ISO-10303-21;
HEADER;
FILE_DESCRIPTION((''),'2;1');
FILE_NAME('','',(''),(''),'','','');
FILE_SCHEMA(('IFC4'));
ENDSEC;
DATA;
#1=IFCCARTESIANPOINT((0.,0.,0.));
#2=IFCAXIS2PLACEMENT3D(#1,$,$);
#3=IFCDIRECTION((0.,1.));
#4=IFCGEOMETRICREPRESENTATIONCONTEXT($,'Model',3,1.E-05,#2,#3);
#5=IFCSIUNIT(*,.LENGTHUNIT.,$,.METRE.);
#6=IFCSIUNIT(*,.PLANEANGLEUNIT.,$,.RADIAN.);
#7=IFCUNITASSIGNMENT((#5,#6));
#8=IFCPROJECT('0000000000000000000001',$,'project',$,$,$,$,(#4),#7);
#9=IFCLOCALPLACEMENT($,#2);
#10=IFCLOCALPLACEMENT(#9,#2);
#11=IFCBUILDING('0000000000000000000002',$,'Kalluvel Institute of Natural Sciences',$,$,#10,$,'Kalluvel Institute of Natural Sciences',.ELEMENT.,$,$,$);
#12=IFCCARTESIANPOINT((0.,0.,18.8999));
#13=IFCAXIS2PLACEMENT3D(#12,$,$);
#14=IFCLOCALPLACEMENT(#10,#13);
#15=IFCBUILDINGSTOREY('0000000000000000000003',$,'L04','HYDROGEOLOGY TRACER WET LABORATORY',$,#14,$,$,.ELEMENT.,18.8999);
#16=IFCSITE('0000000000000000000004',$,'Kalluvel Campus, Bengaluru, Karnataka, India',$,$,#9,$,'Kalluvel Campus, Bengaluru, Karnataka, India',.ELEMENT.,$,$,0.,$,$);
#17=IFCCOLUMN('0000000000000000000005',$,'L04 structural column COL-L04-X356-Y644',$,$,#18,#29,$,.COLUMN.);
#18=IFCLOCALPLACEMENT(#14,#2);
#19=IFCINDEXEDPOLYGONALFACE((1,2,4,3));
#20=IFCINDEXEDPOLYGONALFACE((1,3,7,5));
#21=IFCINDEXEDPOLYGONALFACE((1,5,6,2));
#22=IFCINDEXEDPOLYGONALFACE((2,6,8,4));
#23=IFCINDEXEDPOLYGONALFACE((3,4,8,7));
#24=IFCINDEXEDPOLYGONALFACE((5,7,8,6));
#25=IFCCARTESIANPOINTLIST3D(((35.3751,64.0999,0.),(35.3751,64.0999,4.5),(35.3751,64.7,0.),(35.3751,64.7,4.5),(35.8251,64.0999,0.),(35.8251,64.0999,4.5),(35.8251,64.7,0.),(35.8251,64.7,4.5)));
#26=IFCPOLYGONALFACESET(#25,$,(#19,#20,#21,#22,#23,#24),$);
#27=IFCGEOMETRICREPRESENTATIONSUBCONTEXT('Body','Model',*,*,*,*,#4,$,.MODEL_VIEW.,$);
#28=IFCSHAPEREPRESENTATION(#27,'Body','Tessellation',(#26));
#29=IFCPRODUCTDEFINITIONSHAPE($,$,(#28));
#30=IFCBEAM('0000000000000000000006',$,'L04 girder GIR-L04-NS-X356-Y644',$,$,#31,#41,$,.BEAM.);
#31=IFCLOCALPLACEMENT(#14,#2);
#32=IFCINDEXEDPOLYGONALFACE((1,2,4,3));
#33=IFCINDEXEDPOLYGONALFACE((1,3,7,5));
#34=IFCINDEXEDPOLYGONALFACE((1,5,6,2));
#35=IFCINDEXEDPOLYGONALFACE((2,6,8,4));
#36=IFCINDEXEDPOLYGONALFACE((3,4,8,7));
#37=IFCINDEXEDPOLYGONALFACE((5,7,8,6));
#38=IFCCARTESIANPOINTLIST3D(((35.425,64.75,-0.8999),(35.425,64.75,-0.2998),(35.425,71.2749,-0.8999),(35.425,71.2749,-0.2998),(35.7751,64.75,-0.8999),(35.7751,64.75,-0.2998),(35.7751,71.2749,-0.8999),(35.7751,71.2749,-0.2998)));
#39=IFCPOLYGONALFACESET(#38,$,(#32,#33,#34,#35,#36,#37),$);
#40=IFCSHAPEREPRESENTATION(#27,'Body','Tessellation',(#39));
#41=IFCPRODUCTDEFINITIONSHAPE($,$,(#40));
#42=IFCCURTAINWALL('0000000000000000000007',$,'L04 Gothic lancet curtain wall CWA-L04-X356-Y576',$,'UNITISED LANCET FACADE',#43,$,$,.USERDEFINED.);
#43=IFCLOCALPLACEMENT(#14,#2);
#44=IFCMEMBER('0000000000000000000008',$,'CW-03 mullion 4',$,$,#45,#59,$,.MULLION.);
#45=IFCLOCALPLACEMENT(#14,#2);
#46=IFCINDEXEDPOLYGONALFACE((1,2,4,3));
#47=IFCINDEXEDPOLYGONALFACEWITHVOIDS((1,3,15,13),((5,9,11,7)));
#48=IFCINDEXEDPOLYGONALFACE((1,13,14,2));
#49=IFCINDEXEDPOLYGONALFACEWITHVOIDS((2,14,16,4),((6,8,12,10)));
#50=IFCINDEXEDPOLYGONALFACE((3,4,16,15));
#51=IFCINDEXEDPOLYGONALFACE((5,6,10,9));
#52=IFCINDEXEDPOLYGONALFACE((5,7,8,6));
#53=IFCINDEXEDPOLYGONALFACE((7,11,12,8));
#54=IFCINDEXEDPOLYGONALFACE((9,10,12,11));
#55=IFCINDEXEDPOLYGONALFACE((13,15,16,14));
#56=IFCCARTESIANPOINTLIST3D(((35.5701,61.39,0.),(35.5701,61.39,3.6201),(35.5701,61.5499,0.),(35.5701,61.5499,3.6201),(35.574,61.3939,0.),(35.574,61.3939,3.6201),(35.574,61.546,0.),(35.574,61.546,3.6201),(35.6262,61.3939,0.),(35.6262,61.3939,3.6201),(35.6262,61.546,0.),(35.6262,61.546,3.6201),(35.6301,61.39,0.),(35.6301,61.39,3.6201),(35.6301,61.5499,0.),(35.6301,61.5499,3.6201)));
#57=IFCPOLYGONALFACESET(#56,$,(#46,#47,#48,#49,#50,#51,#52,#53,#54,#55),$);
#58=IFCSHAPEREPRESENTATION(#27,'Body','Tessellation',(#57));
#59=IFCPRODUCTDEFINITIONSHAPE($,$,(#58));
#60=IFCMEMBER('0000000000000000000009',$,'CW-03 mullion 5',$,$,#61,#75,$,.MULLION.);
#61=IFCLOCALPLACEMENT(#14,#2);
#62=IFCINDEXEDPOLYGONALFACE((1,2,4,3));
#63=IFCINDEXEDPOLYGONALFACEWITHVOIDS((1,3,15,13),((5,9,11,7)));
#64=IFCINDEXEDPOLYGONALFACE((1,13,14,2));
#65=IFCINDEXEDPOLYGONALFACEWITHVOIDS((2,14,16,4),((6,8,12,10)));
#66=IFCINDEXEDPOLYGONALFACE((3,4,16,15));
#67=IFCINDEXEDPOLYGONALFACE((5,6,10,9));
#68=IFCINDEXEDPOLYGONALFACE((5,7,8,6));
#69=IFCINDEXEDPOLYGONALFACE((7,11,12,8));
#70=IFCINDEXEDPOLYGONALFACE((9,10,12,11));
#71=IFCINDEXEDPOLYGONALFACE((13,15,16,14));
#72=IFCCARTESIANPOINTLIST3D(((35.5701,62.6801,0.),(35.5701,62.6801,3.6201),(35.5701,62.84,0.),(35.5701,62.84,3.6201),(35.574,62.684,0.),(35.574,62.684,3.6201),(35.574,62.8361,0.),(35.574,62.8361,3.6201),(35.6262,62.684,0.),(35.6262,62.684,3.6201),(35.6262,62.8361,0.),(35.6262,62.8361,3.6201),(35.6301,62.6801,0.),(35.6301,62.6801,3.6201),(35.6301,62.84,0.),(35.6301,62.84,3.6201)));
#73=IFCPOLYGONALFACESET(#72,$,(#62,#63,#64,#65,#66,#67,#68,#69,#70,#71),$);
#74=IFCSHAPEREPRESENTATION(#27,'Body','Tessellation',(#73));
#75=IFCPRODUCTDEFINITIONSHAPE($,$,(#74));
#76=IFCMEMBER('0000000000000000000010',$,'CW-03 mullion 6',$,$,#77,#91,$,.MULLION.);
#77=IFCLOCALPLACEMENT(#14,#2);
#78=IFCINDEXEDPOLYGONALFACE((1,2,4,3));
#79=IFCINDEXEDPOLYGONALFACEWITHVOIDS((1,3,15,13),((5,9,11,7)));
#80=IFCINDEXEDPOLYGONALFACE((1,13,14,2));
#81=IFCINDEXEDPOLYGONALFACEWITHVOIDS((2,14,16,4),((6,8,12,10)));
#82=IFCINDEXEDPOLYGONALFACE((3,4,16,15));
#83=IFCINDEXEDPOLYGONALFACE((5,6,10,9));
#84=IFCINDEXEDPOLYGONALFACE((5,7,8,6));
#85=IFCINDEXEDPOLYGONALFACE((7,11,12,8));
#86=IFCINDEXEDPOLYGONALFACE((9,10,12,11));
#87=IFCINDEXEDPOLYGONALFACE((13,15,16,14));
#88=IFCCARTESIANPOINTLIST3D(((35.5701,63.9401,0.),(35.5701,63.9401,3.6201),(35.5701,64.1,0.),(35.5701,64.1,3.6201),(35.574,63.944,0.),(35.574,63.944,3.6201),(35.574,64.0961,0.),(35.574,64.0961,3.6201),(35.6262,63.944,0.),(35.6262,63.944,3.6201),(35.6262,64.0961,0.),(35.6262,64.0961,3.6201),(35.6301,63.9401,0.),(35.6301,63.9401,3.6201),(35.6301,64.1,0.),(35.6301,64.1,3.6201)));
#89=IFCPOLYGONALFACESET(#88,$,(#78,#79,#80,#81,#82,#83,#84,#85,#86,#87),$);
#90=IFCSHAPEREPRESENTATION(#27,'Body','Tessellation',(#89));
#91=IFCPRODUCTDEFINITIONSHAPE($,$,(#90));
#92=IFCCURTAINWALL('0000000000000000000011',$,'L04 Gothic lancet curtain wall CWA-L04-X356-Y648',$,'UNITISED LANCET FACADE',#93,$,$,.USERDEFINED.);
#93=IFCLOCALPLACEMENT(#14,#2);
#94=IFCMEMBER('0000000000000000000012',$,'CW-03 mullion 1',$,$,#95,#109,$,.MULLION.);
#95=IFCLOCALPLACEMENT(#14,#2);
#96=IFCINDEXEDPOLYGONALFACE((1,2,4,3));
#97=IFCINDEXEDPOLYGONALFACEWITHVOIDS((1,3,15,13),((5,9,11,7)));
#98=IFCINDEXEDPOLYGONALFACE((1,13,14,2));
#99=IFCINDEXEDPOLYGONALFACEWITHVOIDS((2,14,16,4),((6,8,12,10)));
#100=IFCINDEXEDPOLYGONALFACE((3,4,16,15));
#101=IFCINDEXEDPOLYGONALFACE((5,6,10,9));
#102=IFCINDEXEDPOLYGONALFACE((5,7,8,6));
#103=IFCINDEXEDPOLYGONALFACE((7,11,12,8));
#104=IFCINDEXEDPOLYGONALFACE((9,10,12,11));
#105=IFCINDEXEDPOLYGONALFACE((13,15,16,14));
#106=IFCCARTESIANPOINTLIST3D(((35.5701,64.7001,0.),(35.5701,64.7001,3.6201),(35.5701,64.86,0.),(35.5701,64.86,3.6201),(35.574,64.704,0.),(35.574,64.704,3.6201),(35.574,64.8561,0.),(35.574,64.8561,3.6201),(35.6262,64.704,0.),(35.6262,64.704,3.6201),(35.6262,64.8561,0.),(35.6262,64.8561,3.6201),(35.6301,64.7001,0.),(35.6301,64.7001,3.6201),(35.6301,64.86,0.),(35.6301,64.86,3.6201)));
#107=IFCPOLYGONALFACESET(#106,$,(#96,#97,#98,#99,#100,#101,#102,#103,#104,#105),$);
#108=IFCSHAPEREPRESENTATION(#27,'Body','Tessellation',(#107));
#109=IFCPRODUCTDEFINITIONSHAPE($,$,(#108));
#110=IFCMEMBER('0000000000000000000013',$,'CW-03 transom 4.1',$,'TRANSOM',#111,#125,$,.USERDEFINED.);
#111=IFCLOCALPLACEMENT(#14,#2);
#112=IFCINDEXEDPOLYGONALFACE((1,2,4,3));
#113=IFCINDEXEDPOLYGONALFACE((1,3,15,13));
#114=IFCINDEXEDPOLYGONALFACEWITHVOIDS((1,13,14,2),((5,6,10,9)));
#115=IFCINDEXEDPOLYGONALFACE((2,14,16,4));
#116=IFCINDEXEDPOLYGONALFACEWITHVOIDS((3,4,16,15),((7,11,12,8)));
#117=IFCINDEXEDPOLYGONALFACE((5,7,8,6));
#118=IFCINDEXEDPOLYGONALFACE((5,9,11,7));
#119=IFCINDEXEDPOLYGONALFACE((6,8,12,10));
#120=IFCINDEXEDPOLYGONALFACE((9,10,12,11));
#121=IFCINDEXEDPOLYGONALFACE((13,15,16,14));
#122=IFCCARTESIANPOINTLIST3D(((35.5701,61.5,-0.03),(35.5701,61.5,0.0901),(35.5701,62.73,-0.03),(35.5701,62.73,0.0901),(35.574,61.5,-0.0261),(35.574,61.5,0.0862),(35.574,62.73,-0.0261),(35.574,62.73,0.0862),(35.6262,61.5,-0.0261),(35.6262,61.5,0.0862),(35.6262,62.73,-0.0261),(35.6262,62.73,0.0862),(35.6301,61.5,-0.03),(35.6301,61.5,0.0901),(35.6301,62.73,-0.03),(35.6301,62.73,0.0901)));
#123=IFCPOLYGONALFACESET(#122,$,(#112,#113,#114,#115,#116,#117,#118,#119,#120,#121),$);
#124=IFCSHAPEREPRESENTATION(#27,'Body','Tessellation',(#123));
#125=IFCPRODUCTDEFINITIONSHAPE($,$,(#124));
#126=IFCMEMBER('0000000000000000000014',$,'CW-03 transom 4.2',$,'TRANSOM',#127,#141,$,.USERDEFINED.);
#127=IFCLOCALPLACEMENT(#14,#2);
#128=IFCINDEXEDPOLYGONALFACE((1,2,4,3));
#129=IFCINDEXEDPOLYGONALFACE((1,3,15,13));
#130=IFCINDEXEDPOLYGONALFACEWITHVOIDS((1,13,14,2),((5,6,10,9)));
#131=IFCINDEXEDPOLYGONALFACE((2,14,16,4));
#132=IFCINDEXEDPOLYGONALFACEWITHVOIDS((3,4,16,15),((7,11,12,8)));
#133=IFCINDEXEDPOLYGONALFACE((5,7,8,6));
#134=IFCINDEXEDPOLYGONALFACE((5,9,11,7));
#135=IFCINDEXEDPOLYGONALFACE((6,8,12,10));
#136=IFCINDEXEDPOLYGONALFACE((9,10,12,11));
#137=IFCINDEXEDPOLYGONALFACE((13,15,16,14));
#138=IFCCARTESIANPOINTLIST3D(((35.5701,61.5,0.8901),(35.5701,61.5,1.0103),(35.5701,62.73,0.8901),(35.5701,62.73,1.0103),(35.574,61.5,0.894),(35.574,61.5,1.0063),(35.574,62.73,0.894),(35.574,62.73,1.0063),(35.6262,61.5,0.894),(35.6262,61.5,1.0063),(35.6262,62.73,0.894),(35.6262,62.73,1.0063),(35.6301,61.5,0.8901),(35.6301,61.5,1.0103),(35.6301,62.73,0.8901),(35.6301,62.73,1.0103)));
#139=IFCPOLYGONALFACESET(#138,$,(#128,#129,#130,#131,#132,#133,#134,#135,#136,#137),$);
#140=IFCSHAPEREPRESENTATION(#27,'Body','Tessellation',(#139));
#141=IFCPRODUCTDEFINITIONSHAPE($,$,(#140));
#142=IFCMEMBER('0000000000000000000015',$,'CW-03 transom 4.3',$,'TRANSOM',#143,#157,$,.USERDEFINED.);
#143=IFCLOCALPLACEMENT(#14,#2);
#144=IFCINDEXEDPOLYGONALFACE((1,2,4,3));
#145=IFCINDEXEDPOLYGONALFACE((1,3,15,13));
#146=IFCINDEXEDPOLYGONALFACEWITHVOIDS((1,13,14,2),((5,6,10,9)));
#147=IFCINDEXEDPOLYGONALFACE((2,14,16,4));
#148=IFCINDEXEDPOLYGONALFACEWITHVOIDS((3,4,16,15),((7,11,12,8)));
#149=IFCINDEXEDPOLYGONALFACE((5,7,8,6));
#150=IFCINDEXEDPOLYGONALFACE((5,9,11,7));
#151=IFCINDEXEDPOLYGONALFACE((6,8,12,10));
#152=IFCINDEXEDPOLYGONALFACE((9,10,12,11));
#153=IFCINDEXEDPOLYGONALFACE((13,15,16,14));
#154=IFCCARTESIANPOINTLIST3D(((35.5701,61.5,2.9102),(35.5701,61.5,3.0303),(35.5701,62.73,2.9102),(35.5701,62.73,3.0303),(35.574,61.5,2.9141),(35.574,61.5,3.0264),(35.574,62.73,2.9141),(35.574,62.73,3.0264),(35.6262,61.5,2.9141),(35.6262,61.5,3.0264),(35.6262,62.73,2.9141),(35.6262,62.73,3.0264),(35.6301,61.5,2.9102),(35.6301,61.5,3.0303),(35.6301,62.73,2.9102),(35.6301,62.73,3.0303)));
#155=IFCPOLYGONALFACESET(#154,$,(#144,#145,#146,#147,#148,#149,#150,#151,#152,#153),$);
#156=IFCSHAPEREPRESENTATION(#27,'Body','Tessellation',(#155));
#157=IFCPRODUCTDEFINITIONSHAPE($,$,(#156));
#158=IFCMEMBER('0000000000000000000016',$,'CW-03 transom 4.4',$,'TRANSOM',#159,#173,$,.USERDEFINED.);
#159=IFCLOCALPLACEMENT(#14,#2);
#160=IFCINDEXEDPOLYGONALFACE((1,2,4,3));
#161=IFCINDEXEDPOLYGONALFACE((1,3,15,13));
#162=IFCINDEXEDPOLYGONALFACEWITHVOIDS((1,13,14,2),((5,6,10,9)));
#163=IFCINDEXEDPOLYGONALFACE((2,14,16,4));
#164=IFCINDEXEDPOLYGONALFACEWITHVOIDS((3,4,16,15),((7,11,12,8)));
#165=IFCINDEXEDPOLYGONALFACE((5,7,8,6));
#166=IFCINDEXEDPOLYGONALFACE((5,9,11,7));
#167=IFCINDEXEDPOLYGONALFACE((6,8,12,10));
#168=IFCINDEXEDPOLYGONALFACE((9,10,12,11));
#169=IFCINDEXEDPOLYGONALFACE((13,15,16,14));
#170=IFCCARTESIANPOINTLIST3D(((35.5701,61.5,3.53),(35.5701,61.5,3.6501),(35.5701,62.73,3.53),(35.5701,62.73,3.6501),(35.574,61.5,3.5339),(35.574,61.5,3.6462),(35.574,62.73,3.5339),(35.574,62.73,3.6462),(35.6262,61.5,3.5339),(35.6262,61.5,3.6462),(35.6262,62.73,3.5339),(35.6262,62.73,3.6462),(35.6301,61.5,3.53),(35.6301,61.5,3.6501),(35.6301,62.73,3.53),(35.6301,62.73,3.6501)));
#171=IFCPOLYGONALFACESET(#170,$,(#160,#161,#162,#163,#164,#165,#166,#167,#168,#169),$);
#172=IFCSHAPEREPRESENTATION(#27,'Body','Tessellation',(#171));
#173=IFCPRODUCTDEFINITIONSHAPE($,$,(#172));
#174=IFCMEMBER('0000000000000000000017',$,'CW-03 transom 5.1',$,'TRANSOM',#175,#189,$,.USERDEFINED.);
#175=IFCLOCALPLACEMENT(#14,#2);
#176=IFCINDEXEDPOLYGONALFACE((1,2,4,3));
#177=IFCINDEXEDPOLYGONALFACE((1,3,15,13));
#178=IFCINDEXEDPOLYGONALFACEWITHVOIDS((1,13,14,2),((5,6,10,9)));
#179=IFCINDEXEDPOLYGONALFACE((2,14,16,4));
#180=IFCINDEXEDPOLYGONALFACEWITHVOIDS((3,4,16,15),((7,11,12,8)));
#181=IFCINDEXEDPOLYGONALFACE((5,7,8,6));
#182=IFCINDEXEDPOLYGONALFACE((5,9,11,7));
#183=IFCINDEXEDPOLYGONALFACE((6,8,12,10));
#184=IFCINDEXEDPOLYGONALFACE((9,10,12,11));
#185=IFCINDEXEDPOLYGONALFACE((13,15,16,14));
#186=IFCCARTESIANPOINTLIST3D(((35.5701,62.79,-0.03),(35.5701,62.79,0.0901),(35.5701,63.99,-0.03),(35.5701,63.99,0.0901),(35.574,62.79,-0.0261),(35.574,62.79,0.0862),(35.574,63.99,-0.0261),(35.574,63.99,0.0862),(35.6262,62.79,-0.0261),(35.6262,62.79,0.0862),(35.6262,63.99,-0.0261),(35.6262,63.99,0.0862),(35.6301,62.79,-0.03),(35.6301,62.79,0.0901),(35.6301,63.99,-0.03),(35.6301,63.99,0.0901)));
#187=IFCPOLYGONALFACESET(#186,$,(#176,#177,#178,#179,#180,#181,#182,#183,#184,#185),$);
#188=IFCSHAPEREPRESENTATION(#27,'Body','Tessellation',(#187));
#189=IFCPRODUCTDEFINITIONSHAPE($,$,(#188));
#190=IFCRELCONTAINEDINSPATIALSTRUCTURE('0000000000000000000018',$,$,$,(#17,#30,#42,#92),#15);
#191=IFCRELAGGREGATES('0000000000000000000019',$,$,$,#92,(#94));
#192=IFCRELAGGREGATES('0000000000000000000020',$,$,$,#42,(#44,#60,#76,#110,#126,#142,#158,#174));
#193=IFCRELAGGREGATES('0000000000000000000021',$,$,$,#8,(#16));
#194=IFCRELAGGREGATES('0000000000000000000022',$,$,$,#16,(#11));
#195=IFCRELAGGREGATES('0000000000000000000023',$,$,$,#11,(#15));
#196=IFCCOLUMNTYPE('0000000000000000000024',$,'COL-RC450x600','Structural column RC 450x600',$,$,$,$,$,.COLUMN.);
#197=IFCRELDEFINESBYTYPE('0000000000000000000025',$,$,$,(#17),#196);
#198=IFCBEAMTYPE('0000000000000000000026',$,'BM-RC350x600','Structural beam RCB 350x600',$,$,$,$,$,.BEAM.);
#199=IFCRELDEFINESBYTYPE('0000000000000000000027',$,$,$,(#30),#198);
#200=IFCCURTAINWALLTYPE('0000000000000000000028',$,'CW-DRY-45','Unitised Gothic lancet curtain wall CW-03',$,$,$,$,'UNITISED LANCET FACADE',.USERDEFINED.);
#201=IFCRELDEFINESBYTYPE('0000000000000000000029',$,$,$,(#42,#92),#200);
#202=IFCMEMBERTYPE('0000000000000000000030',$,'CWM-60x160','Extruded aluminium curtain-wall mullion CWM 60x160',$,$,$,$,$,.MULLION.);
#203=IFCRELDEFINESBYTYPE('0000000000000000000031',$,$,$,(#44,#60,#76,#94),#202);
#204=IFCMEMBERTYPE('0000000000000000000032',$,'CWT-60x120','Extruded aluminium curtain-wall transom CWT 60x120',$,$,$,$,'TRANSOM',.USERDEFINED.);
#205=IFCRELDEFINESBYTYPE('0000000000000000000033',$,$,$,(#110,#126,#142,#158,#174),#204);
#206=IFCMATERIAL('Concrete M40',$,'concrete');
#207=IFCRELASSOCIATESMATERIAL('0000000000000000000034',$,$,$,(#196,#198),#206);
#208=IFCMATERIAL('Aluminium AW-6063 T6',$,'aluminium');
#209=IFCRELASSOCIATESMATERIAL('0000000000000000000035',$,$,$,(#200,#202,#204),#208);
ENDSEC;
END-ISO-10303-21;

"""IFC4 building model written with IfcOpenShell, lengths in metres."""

from ifc_helpers import new_model, si_unit, direction, frame, origin, origin_2d, place, context, subcontext, project, spatial, rectangle, hollow_rectangle, extrude, material, material_profile, profile_set, type_object, element, aggregate, save


model = new_model("IFC4")

# Units and contexts
model_context = context("Model", 3, precision=1e-05, world=origin(), true_north=direction((0.0, 1.0)))
body_context = subcontext(model_context, "Body", "Model", "MODEL_VIEW")
ifc_project = project(units=[si_unit("LENGTHUNIT", "METRE"), si_unit("PLANEANGLEUNIT", "RADIAN")], contexts=[model_context])

# Site, building, storey
site_placement = place(None, origin())
site = spatial("IfcSite", under=ifc_project, at=site_placement, Name="Kalluvel Campus, Bengaluru, Karnataka, India", LongName="Kalluvel Campus, Bengaluru, Karnataka, India", CompositionType="ELEMENT", RefElevation=0.0)
building_placement = place(site_placement, origin())
building = spatial("IfcBuilding", under=site, at=building_placement, Name="Kalluvel Institute of Natural Sciences", LongName="Kalluvel Institute of Natural Sciences", CompositionType="ELEMENT")
storey_placement = place(building_placement, frame((0.0, 0.0, 18.8999)))
storey = spatial("IfcBuildingStorey", under=building, at=storey_placement, Name="L04", Description="HYDROGEOLOGY TRACER WET LABORATORY", CompositionType="ELEMENT", Elevation=18.8999)

# Column
ifc_material_1 = material(Name="Concrete M40", Category="concrete")
ifc_material_profile_1 = material_profile(ifc_material_1, rectangle(XDim=0.45, YDim=0.6001, at=origin_2d()), Name="RC 450x600")
ifc_profile_set_1 = profile_set([ifc_material_profile_1], Name="Concrete M40")
column_type = type_object("IfcColumnType", Name="COL-RC450x600", Description="Structural column RC 450x600", PredefinedType="COLUMN", material=ifc_profile_set_1)
column_placement = place(storey_placement, frame((35.6001, 64.3999, 0.0), z_axis=(0.0, 0.0, 1.0), x_axis=(1.0, 0.0, 0.0)))
element("IfcColumn", 1, at=column_placement, inside=storey, type_object=column_type, Name="L04 structural column COL-L04-X356-Y644", PredefinedType="COLUMN", context=body_context, shape_type="SweptSolid", body=[
    extrude(rectangle(XDim=0.45, YDim=0.6001, at=origin_2d()), origin(), (0.0, 0.0, 1.0), 4.5),
])

# Beam
ifc_material_profile_2 = material_profile(ifc_material_1, rectangle(XDim=0.3501, YDim=0.6001, at=origin_2d()), Name="RCB 350x600")
ifc_profile_set_2 = profile_set([ifc_material_profile_2], Name="Concrete M40")
beam_type = type_object("IfcBeamType", Name="BM-RC350x600", Description="Structural beam RCB 350x600", PredefinedType="BEAM", material=ifc_profile_set_2)
beam_placement = place(storey_placement, frame((35.6001, 64.75, -0.5999), z_axis=(0.0, 1.0, 0.0), x_axis=(-1.0, 0.0, 0.0)))
element("IfcBeam", 2, at=beam_placement, inside=storey, type_object=beam_type, Name="L04 girder GIR-L04-NS-X356-Y644", PredefinedType="BEAM", context=body_context, shape_type="SweptSolid", body=[
    extrude(rectangle(XDim=0.3501, YDim=0.6001, at=origin_2d()), origin(), (0.0, 0.0, 1.0), 6.5249),
])

# Curtain wall, members
ifc_material_2 = material(Name="Aluminium AW-6063 T6", Category="aluminium")
curtain_wall_type = type_object("IfcCurtainWallType", Name="CW-DRY-45", Description="Unitised Gothic lancet curtain wall CW-03", ElementType="UNITISED LANCET FACADE", PredefinedType="USERDEFINED", material=ifc_material_2)
curtain_wall_1_placement = place(storey_placement, origin())
curtain_wall_1 = element("IfcCurtainWall", 3, at=curtain_wall_1_placement, inside=storey, type_object=curtain_wall_type, Name="L04 Gothic lancet curtain wall CWA-L04-X356-Y576", ObjectType="UNITISED LANCET FACADE", PredefinedType="USERDEFINED")
ifc_material_profile_3 = material_profile(ifc_material_2, hollow_rectangle(XDim=0.0601, YDim=0.1599, WallThickness=0.0039, at=origin_2d()), Name="CWM 60x160")
ifc_profile_set_3 = profile_set([ifc_material_profile_3], Name="Aluminium AW-6063 T6")
member_type_1 = type_object("IfcMemberType", Name="CWM-60x160", Description="Extruded aluminium curtain-wall mullion CWM 60x160", PredefinedType="MULLION", material=ifc_profile_set_3)
member_1_placement = place(storey_placement, frame((35.6001, 61.47, 0.0), z_axis=(0.0, 0.0, 1.0), x_axis=(-1.0, 0.0, 0.0)))
member_1 = element("IfcMember", 4, at=member_1_placement, type_object=member_type_1, Name="CW-03 mullion 4", PredefinedType="MULLION", context=body_context, shape_type="SweptSolid", body=[
    extrude(hollow_rectangle(XDim=0.0601, YDim=0.1599, WallThickness=0.0039, at=origin_2d()), origin(), (0.0, 0.0, 1.0), 3.6201),
])
member_2_placement = place(storey_placement, frame((35.6001, 62.76, 0.0), z_axis=(0.0, 0.0, 1.0), x_axis=(-1.0, 0.0, 0.0)))
member_2 = element("IfcMember", 5, at=member_2_placement, type_object=member_type_1, Name="CW-03 mullion 5", PredefinedType="MULLION", context=body_context, shape_type="SweptSolid", body=[
    extrude(hollow_rectangle(XDim=0.0601, YDim=0.1599, WallThickness=0.0039, at=origin_2d()), origin(), (0.0, 0.0, 1.0), 3.6201),
])
member_3_placement = place(storey_placement, frame((35.6001, 64.02, 0.0), z_axis=(0.0, 0.0, 1.0), x_axis=(-1.0, 0.0, 0.0)))
member_3 = element("IfcMember", 6, at=member_3_placement, type_object=member_type_1, Name="CW-03 mullion 6", PredefinedType="MULLION", context=body_context, shape_type="SweptSolid", body=[
    extrude(hollow_rectangle(XDim=0.0601, YDim=0.1599, WallThickness=0.0039, at=origin_2d()), origin(), (0.0, 0.0, 1.0), 3.6201),
])

# Curtain wall, member
curtain_wall_2_placement = place(storey_placement, origin())
curtain_wall_2 = element("IfcCurtainWall", 7, at=curtain_wall_2_placement, inside=storey, type_object=curtain_wall_type, Name="L04 Gothic lancet curtain wall CWA-L04-X356-Y648", ObjectType="UNITISED LANCET FACADE", PredefinedType="USERDEFINED")
member_4_placement = place(storey_placement, frame((35.6001, 64.78, 0.0), z_axis=(0.0, 0.0, 1.0), x_axis=(-1.0, 0.0, 0.0)))
member_4 = element("IfcMember", 8, at=member_4_placement, type_object=member_type_1, Name="CW-03 mullion 1", PredefinedType="MULLION", context=body_context, shape_type="SweptSolid", body=[
    extrude(hollow_rectangle(XDim=0.0601, YDim=0.1599, WallThickness=0.0039, at=origin_2d()), origin(), (0.0, 0.0, 1.0), 3.6201),
])

# Members
ifc_material_profile_4 = material_profile(ifc_material_2, hollow_rectangle(XDim=0.0601, YDim=0.1201, WallThickness=0.0039, at=origin_2d()), Name="CWT 60x120")
ifc_profile_set_4 = profile_set([ifc_material_profile_4], Name="Aluminium AW-6063 T6")
member_type_2 = type_object("IfcMemberType", Name="CWT-60x120", Description="Extruded aluminium curtain-wall transom CWT 60x120", ElementType="TRANSOM", PredefinedType="USERDEFINED", material=ifc_profile_set_4)
member_5_placement = place(storey_placement, frame((35.6001, 61.5, 0.03), z_axis=(0.0, 1.0, 0.0), x_axis=(-1.0, 0.0, 0.0)))
member_5 = element("IfcMember", 9, at=member_5_placement, type_object=member_type_2, Name="CW-03 transom 4.1", ObjectType="TRANSOM", PredefinedType="USERDEFINED", context=body_context, shape_type="SweptSolid", body=[
    extrude(hollow_rectangle(XDim=0.0601, YDim=0.1201, WallThickness=0.0039, at=origin_2d()), origin(), (0.0, 0.0, 1.0), 1.23),
])
member_6_placement = place(storey_placement, frame((35.6001, 61.5, 0.9502), z_axis=(0.0, 1.0, 0.0), x_axis=(-1.0, 0.0, 0.0)))
member_6 = element("IfcMember", 10, at=member_6_placement, type_object=member_type_2, Name="CW-03 transom 4.2", ObjectType="TRANSOM", PredefinedType="USERDEFINED", context=body_context, shape_type="SweptSolid", body=[
    extrude(hollow_rectangle(XDim=0.0601, YDim=0.1201, WallThickness=0.0039, at=origin_2d()), origin(), (0.0, 0.0, 1.0), 1.23),
])
member_7_placement = place(storey_placement, frame((35.6001, 61.5, 2.9702), z_axis=(0.0, 1.0, 0.0), x_axis=(-1.0, 0.0, 0.0)))
member_7 = element("IfcMember", 11, at=member_7_placement, type_object=member_type_2, Name="CW-03 transom 4.3", ObjectType="TRANSOM", PredefinedType="USERDEFINED", context=body_context, shape_type="SweptSolid", body=[
    extrude(hollow_rectangle(XDim=0.0601, YDim=0.1201, WallThickness=0.0039, at=origin_2d()), origin(), (0.0, 0.0, 1.0), 1.23),
])
member_8_placement = place(storey_placement, frame((35.6001, 61.5, 3.5901), z_axis=(0.0, 1.0, 0.0), x_axis=(-1.0, 0.0, 0.0)))
member_8 = element("IfcMember", 12, at=member_8_placement, type_object=member_type_2, Name="CW-03 transom 4.4", ObjectType="TRANSOM", PredefinedType="USERDEFINED", context=body_context, shape_type="SweptSolid", body=[
    extrude(hollow_rectangle(XDim=0.0601, YDim=0.1201, WallThickness=0.0039, at=origin_2d()), origin(), (0.0, 0.0, 1.0), 1.23),
])
member_9_placement = place(storey_placement, frame((35.6001, 62.79, 0.03), z_axis=(0.0, 1.0, 0.0), x_axis=(-1.0, 0.0, 0.0)))
member_9 = element("IfcMember", 13, at=member_9_placement, type_object=member_type_2, Name="CW-03 transom 5.1", ObjectType="TRANSOM", PredefinedType="USERDEFINED", context=body_context, shape_type="SweptSolid", body=[
    extrude(hollow_rectangle(XDim=0.0601, YDim=0.1201, WallThickness=0.0039, at=origin_2d()), origin(), (0.0, 0.0, 1.0), 1.2),
])
aggregate(curtain_wall_2, [member_4])

aggregate(curtain_wall_1, [member_1, member_2, member_3, member_5, member_6, member_7, member_8, member_9])

save(model, "model.ifc")
